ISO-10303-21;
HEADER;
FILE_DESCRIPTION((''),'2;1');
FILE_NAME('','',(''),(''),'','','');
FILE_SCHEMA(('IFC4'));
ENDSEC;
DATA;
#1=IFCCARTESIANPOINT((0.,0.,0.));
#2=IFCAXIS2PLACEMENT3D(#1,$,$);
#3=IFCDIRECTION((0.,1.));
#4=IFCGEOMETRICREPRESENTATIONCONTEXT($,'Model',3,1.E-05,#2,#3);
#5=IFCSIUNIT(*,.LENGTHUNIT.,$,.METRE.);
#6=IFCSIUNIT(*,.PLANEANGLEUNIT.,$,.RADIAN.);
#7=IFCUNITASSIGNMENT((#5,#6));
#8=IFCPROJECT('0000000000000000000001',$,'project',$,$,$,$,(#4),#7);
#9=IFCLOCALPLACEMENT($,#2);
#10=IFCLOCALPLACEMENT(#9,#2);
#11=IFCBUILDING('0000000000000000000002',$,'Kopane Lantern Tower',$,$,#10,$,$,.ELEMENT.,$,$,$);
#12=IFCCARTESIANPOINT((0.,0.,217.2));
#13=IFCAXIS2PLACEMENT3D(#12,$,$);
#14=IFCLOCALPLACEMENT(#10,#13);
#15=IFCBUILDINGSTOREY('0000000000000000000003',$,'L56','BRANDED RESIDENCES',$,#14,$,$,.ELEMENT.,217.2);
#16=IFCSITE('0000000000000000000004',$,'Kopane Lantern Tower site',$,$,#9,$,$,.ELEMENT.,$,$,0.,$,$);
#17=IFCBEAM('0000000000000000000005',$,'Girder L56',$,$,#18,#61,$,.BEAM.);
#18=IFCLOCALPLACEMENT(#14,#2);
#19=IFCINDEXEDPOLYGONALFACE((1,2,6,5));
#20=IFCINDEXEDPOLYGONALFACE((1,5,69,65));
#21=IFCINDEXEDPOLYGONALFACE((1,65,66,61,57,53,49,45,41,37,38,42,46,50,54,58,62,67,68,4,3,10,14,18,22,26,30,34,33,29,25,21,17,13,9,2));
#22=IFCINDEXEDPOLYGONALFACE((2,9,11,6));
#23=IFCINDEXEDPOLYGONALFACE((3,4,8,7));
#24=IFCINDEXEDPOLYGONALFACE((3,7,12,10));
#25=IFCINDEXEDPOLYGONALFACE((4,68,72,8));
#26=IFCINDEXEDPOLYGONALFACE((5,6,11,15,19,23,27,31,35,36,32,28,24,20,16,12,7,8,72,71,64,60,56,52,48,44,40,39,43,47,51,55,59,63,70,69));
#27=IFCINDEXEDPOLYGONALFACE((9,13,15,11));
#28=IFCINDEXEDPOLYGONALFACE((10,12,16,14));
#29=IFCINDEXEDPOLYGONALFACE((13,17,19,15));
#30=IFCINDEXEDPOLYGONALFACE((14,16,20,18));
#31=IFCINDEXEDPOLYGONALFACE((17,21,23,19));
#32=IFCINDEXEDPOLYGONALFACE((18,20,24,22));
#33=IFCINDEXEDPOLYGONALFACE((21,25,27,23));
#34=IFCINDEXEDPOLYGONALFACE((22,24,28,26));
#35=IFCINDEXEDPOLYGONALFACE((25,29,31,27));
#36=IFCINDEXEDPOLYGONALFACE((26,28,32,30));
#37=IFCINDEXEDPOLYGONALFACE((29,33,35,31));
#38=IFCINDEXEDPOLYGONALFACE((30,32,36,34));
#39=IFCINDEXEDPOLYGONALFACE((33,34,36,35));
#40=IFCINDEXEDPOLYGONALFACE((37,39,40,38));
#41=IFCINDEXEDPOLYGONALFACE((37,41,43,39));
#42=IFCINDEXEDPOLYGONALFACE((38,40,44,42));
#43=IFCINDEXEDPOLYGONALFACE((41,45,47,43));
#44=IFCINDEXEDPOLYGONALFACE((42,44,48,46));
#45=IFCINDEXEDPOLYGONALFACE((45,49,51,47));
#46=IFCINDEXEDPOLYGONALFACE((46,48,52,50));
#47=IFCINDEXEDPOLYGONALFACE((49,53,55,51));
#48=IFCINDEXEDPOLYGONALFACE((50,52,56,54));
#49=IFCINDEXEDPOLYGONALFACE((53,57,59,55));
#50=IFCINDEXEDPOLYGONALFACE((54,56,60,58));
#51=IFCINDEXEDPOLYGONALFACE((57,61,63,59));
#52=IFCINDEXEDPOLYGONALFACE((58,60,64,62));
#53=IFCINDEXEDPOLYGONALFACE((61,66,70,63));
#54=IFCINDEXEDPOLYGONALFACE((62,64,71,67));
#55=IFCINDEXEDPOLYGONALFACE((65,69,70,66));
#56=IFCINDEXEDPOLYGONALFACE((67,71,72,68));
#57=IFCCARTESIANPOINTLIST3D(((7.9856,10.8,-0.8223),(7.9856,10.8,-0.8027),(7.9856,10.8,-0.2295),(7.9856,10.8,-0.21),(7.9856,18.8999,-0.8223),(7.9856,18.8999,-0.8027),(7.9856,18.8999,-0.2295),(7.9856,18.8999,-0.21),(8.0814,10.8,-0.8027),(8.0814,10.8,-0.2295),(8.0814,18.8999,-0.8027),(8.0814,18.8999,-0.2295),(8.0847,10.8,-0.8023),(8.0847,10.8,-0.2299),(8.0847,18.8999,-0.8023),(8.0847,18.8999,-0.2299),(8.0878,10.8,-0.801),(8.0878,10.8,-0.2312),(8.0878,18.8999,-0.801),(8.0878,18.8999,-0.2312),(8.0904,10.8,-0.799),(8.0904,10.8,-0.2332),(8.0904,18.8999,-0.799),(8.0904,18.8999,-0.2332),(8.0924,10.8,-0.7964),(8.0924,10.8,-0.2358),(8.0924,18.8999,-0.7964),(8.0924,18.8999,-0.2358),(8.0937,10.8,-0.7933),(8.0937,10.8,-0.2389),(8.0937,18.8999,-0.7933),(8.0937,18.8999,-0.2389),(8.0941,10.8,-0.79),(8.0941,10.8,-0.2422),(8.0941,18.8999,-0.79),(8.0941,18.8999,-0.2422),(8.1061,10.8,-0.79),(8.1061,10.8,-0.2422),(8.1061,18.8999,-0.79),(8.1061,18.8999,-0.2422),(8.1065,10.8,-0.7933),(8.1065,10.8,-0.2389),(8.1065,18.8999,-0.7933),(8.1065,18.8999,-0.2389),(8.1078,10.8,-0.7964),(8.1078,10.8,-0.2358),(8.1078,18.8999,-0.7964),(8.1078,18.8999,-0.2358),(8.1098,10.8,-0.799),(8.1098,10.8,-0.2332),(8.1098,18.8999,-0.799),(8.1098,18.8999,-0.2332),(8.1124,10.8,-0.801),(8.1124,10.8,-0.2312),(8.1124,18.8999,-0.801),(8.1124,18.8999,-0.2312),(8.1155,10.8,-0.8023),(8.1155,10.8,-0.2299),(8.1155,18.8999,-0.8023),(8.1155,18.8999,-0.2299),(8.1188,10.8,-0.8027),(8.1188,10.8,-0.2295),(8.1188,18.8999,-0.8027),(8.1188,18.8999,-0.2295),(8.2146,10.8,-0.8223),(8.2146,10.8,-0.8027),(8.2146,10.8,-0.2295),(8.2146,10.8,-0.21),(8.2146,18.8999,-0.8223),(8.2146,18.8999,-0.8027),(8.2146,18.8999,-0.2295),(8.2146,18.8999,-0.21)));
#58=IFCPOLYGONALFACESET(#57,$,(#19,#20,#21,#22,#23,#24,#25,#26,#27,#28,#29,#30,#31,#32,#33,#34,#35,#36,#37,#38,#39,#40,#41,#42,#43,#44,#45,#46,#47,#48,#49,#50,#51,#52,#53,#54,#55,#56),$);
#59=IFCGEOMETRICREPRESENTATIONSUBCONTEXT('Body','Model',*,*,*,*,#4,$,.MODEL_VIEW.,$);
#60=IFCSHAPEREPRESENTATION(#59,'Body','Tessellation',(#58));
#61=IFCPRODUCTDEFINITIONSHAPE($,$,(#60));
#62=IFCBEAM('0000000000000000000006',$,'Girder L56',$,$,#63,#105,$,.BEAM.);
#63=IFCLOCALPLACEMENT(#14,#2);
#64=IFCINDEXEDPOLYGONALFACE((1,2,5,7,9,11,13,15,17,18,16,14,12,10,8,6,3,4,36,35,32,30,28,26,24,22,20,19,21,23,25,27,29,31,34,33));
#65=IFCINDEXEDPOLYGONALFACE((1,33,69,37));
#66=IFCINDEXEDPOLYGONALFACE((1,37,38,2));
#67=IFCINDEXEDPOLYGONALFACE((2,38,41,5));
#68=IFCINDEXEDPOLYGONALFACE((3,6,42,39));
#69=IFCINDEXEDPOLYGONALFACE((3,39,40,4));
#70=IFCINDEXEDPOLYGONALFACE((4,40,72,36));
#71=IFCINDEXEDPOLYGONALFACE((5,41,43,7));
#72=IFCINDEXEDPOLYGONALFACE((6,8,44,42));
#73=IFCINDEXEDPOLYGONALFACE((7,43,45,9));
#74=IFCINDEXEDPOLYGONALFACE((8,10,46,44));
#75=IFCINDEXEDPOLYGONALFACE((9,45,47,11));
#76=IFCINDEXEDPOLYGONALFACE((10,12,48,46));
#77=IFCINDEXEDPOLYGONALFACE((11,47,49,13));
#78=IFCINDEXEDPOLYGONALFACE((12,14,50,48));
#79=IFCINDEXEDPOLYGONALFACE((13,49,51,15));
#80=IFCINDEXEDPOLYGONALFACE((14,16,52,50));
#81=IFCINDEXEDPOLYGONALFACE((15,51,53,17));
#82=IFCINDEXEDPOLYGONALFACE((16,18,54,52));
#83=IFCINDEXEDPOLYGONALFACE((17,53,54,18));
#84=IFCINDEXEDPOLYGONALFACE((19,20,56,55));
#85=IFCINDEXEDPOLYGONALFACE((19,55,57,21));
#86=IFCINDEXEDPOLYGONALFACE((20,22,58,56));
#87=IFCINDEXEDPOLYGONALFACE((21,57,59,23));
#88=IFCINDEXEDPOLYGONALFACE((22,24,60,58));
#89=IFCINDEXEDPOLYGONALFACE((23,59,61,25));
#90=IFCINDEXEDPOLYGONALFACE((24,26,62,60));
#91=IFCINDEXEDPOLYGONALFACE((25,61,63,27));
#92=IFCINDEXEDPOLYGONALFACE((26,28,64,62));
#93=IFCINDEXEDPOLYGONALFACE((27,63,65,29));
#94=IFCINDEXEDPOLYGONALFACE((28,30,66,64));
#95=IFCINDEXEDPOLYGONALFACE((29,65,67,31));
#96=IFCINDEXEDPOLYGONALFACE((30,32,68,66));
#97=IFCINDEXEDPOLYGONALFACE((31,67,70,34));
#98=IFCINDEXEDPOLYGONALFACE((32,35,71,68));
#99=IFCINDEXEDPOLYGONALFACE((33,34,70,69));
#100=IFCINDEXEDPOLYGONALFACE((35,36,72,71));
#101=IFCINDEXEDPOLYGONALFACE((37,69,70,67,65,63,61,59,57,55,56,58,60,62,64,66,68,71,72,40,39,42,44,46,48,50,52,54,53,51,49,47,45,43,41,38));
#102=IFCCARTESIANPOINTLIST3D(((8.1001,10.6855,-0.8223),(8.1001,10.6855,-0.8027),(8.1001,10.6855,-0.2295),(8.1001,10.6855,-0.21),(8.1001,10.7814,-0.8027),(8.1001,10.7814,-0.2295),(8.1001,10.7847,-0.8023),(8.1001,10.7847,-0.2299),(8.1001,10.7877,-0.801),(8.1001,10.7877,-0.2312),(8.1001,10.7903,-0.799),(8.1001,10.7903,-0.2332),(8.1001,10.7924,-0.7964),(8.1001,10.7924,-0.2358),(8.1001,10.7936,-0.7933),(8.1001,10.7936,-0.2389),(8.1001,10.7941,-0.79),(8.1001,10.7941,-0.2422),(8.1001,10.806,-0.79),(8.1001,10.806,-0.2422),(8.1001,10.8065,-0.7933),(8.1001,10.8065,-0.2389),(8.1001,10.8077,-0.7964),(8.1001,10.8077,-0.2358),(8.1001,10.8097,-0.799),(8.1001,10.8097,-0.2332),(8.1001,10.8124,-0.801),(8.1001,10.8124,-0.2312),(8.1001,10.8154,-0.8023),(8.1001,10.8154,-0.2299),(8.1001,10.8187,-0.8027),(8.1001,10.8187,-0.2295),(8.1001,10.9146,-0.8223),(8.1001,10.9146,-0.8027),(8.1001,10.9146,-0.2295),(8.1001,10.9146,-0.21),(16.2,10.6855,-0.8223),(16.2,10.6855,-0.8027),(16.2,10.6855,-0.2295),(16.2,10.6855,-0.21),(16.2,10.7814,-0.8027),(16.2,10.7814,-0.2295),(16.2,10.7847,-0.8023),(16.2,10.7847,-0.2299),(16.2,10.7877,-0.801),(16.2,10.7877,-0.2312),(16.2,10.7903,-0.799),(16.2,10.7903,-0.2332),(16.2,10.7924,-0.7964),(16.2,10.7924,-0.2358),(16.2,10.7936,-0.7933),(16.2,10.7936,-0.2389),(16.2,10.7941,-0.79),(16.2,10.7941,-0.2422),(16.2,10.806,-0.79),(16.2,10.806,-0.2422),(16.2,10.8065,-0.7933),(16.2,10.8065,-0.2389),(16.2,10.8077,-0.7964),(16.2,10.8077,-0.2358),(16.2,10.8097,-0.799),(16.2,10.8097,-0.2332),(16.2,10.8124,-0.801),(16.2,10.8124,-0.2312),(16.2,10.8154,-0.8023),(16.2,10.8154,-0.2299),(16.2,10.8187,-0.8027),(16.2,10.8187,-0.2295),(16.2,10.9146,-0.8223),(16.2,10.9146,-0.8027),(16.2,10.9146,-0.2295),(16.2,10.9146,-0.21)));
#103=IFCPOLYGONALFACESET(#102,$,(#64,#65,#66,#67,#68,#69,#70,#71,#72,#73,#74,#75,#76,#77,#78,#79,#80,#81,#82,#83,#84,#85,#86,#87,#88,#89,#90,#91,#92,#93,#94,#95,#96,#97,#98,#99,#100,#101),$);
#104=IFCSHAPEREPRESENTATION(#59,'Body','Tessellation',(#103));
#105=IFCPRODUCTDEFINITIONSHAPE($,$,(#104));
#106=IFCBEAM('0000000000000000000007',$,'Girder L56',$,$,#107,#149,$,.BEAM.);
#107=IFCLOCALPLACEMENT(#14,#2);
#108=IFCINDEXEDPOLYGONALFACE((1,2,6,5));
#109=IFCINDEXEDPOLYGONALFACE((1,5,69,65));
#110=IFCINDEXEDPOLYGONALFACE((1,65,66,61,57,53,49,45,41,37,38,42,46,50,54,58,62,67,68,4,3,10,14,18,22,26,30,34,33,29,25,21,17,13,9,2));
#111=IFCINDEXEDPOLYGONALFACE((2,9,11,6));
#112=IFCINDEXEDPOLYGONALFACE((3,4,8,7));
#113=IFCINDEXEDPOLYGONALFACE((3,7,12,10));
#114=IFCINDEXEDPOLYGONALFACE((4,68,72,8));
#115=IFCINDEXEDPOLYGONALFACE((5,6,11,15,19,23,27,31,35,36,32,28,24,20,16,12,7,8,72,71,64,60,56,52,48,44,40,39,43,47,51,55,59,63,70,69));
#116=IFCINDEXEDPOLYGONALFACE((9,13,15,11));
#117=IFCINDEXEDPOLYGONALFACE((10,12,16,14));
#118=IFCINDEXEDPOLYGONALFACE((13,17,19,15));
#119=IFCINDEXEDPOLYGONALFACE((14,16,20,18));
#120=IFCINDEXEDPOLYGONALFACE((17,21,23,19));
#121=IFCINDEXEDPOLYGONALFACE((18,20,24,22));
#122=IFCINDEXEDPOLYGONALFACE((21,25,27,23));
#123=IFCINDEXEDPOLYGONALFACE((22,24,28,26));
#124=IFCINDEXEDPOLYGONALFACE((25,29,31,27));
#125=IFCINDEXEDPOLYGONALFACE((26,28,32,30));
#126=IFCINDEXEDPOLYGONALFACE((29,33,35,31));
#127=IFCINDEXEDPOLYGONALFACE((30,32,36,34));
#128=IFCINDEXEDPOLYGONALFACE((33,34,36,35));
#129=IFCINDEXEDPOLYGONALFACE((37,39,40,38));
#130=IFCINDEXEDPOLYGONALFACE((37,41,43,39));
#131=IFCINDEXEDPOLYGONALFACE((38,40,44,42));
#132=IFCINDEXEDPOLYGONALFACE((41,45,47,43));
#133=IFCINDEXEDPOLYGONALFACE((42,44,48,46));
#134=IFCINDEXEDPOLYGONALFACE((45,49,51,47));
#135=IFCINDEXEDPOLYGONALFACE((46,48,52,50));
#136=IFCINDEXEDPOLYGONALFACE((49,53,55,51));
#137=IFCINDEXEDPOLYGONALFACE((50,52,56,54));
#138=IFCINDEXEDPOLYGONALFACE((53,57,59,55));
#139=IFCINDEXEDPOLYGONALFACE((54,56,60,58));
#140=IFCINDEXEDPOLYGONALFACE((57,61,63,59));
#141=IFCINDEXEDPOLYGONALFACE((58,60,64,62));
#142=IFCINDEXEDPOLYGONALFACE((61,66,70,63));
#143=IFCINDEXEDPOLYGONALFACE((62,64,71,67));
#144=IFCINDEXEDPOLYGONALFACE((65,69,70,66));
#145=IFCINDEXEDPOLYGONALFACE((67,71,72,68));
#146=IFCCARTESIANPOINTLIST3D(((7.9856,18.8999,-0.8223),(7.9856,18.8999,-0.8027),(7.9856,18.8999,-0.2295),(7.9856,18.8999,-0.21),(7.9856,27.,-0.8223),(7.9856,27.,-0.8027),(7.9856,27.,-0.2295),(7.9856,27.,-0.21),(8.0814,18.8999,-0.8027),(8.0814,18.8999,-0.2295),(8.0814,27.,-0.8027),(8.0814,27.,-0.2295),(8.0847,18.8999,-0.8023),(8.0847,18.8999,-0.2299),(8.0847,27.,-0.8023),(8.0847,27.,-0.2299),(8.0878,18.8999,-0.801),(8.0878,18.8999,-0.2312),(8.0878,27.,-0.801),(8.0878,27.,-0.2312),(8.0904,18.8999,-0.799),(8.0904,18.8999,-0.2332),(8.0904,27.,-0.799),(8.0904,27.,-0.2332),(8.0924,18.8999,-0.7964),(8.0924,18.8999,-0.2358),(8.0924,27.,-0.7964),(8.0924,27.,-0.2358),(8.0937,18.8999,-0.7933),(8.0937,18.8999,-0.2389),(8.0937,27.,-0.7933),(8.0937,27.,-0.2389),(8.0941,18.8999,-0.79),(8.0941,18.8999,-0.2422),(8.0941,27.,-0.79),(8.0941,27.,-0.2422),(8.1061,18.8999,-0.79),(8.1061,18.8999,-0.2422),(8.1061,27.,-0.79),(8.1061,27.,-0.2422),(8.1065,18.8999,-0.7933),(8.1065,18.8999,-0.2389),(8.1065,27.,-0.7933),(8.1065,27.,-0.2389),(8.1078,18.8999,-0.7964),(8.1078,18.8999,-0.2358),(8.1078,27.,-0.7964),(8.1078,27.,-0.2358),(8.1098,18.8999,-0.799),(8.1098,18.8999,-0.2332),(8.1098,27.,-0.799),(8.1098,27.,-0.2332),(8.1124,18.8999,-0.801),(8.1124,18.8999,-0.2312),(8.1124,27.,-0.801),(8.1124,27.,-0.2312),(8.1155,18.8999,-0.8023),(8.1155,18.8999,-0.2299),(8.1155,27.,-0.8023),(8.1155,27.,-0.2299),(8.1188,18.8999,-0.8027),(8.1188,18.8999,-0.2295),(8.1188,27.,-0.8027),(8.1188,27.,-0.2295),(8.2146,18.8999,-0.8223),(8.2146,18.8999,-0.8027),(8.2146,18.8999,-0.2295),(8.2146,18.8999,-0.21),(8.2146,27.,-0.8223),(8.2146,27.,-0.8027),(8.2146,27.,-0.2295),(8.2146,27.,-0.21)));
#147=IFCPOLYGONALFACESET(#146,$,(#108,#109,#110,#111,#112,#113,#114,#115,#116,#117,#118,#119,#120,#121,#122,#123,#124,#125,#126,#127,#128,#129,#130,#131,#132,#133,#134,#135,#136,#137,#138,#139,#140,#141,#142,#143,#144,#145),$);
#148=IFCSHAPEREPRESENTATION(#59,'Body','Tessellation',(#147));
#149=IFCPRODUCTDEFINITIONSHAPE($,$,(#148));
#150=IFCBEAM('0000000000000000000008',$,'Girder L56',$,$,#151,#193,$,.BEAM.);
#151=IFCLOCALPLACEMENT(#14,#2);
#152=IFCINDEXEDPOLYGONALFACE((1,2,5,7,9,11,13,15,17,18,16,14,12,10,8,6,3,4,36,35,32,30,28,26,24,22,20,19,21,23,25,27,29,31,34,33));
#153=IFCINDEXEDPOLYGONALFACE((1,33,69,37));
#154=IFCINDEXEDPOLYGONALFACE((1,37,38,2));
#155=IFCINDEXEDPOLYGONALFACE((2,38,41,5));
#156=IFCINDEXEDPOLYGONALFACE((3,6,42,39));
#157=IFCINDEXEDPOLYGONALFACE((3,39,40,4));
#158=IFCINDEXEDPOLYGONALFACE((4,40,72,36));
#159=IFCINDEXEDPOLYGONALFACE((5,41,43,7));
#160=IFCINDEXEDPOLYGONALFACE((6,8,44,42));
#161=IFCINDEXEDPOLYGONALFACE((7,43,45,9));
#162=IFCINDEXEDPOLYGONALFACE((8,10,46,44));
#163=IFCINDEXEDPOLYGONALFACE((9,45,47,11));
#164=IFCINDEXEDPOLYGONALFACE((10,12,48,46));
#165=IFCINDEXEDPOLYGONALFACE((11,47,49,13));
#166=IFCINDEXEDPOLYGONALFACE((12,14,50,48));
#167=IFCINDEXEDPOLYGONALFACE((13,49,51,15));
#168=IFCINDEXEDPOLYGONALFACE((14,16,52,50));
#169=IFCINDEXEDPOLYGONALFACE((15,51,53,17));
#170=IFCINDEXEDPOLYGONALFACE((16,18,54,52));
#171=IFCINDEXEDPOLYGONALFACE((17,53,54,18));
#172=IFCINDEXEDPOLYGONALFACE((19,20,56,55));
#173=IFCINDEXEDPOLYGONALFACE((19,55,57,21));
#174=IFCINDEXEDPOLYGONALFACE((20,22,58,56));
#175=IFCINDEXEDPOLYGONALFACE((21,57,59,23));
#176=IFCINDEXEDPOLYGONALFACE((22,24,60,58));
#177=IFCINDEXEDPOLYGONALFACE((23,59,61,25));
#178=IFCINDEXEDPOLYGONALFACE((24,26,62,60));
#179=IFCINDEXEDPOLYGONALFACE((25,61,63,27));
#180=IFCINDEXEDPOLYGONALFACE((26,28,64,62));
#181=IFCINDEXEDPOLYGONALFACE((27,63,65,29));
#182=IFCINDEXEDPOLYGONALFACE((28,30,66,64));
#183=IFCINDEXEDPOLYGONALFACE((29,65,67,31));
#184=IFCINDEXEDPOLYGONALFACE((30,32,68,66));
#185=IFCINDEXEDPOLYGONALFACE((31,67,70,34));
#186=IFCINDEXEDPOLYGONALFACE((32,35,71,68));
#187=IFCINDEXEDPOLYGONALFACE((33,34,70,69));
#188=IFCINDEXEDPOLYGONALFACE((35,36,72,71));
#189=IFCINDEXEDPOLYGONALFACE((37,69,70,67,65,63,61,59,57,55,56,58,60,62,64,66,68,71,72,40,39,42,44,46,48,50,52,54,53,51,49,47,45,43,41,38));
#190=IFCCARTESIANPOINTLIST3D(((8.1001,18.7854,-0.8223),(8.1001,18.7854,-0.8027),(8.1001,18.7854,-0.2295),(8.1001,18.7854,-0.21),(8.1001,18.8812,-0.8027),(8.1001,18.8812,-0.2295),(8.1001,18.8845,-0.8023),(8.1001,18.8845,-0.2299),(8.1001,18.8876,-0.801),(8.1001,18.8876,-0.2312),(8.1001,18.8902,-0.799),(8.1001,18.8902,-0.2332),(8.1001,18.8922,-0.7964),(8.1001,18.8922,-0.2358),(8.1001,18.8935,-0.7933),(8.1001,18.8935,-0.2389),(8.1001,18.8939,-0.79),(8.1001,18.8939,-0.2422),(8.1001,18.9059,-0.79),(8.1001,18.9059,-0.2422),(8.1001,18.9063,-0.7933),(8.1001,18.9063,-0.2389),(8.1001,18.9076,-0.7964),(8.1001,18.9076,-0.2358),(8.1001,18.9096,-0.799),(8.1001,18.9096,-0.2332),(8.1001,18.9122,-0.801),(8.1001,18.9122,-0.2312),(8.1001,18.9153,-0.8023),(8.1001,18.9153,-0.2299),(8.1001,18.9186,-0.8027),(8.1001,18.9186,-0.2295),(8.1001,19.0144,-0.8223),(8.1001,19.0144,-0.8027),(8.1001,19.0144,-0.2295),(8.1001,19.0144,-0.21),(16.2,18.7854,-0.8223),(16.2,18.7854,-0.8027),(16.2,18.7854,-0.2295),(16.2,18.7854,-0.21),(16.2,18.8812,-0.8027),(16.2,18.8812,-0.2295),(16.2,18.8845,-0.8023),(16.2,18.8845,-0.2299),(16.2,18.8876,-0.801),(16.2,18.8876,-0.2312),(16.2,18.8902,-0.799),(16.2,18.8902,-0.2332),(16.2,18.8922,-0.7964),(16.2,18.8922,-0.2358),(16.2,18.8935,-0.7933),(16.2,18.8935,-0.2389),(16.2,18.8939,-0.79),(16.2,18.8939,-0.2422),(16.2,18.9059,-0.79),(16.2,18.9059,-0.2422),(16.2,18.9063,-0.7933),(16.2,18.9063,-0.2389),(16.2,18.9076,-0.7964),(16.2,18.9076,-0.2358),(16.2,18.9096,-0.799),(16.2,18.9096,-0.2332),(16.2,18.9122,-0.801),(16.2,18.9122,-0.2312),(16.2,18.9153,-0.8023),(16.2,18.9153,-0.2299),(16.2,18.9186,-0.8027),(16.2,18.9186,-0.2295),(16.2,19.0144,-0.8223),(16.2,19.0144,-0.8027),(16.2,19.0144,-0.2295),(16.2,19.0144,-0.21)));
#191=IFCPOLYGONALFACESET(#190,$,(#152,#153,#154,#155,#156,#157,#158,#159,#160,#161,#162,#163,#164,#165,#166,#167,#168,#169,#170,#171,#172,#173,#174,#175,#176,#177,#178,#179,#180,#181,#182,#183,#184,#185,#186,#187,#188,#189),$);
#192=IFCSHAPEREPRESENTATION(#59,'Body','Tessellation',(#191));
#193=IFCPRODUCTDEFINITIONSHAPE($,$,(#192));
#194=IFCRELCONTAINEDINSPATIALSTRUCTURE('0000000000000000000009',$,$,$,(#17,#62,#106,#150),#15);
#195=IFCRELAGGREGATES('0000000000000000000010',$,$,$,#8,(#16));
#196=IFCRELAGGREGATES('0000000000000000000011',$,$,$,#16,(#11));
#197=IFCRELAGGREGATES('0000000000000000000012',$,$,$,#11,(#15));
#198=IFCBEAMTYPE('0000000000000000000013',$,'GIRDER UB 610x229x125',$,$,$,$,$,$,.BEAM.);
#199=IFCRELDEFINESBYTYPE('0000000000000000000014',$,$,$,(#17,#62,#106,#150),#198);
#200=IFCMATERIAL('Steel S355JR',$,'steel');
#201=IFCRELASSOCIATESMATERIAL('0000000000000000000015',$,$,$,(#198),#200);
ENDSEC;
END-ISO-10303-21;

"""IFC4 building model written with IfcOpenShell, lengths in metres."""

from ifc_helpers import new_model, si_unit, direction, frame, origin, origin_2d, place, context, subcontext, project, spatial, i_section, extrude, material, material_profile, profile_set, type_object, element, save


model = new_model("IFC4")

# Units and contexts
model_context = context("Model", 3, precision=1e-05, world=origin(), true_north=direction((0.0, 1.0)))
body_context = subcontext(model_context, "Body", "Model", "MODEL_VIEW")
ifc_project = project(units=[si_unit("LENGTHUNIT", "METRE"), si_unit("PLANEANGLEUNIT", "RADIAN")], contexts=[model_context])

# Site, building, storey
site_placement = place(None, origin())
site = spatial("IfcSite", under=ifc_project, at=site_placement, Name="Kopane Lantern Tower site", CompositionType="ELEMENT", RefElevation=0.0)
building_placement = place(site_placement, origin())
building = spatial("IfcBuilding", under=site, at=building_placement, Name="Kopane Lantern Tower", CompositionType="ELEMENT")
storey_placement = place(building_placement, frame((0.0, 0.0, 217.2)))
storey = spatial("IfcBuildingStorey", under=building, at=storey_placement, Name="L56", Description="BRANDED RESIDENCES", CompositionType="ELEMENT", Elevation=217.2)

# Beams
ifc_material_1 = material(Name="Steel S355JR", Category="steel")
ifc_material_profile_1 = material_profile(ifc_material_1, i_section(OverallWidth=0.229, OverallDepth=0.6123, WebThickness=0.012, FlangeThickness=0.0195, FilletRadius=0.0127, at=origin_2d()), Name="UB 610x229x125")
ifc_profile_set_1 = profile_set([ifc_material_profile_1], Name="Steel S355JR")
beam_type_1 = type_object("IfcBeamType", Name="GIRDER UB 610x229x125", PredefinedType="BEAM", material=ifc_profile_set_1)
for number, where, z_axis, x_axis, name in (
    (1, (8.1001, 10.8, -0.5161), (0.0, 1.0, 0.0), (-1.0, 0.0, 0.0), "Girder L56"),
    (2, (8.1001, 10.8, -0.5161), (1.0, 0.0, 0.0), (0.0, 1.0, 0.0), "Girder L56"),
):
    element("IfcBeam", number, at=place(storey_placement, frame(where, z_axis=z_axis, x_axis=x_axis)), inside=storey, type_object=beam_type_1, Name=name, PredefinedType="BEAM", context=body_context, shape_type="SweptSolid", body=[
        extrude(i_section(OverallWidth=0.229, OverallDepth=0.6123, WebThickness=0.012, FlangeThickness=0.0195, FilletRadius=0.0127, at=origin_2d()), origin(), (0.0, 0.0, 1.0), 8.0999),
    ])
beam_1_placement = place(storey_placement, frame((8.1001, 18.8999, -0.5161), z_axis=(0.0, 1.0, 0.0), x_axis=(-1.0, 0.0, 0.0)))
element("IfcBeam", 3, at=beam_1_placement, inside=storey, type_object=beam_type_1, Name="Girder L56", PredefinedType="BEAM", context=body_context, shape_type="SweptSolid", body=[
    extrude(i_section(OverallWidth=0.229, OverallDepth=0.6123, WebThickness=0.012, FlangeThickness=0.0195, FilletRadius=0.0127, at=origin_2d()), origin(), (0.0, 0.0, 1.0), 8.1001),
])
beam_2_placement = place(storey_placement, frame((8.1001, 18.8999, -0.5161), z_axis=(1.0, 0.0, 0.0), x_axis=(0.0, 1.0, 0.0)))
element("IfcBeam", 4, at=beam_2_placement, inside=storey, type_object=beam_type_1, Name="Girder L56", PredefinedType="BEAM", context=body_context, shape_type="SweptSolid", body=[
    extrude(i_section(OverallWidth=0.229, OverallDepth=0.6123, WebThickness=0.012, FlangeThickness=0.0195, FilletRadius=0.0127, at=origin_2d()), origin(), (0.0, 0.0, 1.0), 8.0999),
])

save(model, "model.ifc")
